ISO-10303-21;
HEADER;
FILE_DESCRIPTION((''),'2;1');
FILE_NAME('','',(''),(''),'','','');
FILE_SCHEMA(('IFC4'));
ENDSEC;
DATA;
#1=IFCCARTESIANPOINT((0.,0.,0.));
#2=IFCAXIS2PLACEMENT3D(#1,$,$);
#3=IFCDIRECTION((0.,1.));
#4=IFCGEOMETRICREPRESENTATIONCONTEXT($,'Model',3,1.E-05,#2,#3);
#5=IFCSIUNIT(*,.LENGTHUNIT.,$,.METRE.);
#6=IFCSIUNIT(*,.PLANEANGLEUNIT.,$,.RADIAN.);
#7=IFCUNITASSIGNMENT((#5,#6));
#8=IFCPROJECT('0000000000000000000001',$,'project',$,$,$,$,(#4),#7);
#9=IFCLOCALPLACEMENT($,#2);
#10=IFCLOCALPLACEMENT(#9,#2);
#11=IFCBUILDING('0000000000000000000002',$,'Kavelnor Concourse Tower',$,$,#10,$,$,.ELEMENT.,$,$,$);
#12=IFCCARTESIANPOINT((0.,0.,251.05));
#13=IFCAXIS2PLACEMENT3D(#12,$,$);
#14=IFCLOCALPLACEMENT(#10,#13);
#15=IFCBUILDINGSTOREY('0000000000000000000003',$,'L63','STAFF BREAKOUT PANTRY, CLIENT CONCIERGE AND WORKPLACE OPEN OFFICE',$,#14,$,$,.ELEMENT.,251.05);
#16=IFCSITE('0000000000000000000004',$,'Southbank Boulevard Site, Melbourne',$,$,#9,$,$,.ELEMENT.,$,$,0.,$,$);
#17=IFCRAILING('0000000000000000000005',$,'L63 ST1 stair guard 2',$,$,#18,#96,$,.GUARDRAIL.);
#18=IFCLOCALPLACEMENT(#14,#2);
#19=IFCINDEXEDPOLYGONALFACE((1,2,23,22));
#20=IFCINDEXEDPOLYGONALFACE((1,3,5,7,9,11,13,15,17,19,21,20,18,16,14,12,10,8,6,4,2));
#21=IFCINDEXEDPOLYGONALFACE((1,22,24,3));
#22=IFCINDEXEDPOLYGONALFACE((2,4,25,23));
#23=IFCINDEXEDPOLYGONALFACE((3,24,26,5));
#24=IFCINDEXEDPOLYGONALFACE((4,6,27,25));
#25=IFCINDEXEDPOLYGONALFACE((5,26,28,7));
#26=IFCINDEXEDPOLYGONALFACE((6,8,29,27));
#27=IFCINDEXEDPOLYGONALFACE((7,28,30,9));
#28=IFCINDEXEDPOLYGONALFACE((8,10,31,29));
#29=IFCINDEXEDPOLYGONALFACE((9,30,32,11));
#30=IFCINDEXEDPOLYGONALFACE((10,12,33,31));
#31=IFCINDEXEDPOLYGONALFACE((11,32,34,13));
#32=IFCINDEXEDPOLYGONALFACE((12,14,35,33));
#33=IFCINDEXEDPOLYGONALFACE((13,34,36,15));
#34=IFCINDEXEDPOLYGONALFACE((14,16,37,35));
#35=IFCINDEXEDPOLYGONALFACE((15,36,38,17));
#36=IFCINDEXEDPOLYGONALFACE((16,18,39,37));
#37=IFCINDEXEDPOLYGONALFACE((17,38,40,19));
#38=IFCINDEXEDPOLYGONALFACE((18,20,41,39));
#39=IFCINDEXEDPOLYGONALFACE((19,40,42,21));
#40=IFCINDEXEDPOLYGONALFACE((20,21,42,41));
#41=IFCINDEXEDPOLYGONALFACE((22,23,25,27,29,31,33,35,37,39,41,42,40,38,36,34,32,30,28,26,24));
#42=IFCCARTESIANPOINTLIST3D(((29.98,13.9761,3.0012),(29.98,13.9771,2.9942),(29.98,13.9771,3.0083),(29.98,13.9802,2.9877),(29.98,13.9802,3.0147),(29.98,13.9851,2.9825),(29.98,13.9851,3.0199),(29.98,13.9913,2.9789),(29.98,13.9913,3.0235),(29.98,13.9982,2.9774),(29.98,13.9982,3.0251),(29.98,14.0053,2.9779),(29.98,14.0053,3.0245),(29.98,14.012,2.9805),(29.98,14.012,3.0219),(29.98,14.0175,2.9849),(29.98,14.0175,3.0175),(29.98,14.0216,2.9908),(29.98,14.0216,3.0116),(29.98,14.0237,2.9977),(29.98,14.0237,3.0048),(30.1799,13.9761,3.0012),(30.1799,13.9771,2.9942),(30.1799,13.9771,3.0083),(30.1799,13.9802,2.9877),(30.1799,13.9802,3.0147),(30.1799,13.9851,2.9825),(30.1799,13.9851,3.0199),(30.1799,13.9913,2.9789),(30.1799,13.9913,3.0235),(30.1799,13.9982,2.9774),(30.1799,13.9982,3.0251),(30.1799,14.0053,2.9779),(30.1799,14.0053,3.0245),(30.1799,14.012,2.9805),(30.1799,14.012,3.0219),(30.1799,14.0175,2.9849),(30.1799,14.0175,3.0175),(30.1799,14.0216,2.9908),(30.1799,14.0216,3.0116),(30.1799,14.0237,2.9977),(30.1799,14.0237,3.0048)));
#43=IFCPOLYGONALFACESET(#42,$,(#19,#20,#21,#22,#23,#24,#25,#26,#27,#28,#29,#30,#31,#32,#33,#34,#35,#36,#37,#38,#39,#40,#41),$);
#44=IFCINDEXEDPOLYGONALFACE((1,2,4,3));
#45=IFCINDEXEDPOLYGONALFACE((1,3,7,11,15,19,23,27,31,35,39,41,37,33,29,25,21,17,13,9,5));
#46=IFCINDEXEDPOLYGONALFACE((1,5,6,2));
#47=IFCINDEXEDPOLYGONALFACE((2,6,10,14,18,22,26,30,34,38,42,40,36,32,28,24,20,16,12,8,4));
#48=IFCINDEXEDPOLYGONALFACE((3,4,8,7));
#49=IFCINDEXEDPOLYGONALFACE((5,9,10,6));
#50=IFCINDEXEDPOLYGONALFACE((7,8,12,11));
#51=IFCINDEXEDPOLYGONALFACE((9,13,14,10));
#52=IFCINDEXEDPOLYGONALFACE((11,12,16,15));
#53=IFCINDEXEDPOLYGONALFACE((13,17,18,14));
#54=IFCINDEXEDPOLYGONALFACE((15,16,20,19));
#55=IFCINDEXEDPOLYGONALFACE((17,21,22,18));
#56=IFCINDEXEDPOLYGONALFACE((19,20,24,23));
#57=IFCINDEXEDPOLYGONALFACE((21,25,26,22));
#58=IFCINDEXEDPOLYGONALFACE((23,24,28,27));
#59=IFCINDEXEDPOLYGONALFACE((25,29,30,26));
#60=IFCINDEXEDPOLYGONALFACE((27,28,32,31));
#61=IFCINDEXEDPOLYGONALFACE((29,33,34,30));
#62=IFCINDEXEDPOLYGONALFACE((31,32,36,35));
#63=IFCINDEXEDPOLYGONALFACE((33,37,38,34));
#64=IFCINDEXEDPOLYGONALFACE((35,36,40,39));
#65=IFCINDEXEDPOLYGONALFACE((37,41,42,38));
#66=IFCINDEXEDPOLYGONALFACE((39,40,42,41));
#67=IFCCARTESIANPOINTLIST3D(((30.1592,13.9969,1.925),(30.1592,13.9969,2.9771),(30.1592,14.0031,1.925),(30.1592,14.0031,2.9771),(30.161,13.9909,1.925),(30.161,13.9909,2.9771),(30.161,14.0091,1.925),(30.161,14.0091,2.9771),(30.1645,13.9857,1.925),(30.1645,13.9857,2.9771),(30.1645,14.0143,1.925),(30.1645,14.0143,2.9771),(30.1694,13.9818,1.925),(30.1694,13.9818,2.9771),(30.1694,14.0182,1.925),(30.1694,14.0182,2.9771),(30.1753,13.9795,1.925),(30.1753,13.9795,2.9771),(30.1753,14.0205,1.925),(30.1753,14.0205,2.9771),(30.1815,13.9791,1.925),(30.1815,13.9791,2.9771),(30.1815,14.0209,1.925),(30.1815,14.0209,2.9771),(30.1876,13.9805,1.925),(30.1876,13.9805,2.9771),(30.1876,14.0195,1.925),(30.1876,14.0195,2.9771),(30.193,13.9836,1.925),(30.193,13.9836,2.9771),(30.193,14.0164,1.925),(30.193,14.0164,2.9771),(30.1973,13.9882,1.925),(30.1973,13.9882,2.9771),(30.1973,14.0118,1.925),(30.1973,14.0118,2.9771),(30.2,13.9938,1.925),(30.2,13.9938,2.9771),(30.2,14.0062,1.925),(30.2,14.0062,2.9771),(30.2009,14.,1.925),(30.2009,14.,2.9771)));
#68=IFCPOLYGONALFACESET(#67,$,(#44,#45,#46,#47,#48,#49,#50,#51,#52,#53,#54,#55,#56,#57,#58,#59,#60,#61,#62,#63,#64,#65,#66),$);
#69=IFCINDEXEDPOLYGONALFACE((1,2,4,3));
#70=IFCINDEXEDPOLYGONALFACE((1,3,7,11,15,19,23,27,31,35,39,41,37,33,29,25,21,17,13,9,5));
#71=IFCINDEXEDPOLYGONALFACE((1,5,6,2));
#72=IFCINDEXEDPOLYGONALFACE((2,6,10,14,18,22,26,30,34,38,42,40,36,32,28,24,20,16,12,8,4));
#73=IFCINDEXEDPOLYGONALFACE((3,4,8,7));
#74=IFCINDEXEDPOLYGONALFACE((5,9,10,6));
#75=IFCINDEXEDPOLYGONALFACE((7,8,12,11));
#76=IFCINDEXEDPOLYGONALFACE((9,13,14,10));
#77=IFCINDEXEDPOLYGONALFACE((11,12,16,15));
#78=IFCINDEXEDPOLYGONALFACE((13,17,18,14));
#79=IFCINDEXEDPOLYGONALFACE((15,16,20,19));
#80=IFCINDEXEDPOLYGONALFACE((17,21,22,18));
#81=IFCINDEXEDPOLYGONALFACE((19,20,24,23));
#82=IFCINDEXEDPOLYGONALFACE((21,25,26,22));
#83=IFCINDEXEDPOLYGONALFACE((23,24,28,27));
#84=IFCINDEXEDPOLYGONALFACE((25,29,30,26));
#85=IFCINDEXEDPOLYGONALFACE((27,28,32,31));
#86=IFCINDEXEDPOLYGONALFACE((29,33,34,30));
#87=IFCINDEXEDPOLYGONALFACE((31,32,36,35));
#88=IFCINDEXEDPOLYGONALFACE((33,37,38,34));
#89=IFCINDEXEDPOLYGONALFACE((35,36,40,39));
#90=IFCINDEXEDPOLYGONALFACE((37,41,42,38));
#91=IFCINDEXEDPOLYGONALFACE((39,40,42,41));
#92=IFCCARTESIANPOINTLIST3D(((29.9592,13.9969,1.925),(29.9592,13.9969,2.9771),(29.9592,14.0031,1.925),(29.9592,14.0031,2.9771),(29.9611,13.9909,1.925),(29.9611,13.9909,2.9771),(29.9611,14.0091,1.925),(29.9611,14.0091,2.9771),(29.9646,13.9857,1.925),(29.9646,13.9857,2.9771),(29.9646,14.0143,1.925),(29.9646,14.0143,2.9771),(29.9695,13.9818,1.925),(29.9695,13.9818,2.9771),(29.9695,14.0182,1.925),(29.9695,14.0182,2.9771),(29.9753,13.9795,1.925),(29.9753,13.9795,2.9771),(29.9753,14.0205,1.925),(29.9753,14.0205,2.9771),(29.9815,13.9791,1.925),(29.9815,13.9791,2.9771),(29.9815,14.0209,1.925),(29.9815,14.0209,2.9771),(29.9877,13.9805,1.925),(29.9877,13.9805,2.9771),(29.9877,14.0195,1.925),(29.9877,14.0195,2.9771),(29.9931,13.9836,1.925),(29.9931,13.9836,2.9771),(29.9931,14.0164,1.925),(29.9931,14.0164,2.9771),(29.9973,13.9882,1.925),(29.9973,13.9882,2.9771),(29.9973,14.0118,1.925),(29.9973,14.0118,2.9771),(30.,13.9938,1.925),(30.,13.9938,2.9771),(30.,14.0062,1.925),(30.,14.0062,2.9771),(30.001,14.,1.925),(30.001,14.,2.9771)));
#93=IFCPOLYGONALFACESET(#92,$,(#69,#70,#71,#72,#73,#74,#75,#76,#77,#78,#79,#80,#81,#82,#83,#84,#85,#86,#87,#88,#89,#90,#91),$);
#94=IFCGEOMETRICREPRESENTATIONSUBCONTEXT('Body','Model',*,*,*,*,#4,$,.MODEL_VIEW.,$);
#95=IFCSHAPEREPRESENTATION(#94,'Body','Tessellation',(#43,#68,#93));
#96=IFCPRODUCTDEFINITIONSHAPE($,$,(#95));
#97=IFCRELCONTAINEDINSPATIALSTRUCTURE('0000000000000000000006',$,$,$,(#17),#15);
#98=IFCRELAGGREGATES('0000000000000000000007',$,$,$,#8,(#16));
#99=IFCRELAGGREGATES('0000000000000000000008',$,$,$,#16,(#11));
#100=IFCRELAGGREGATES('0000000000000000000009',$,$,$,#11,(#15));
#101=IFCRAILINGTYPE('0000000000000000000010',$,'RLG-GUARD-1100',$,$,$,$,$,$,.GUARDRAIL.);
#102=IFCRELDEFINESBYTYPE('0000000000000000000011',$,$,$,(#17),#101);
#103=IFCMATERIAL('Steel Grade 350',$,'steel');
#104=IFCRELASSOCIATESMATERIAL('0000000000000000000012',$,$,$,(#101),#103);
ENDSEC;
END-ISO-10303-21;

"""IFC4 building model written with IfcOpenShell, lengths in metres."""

from ifc_helpers import new_model, si_unit, direction, frame, origin, origin_2d, place, context, subcontext, project, spatial, circle, extrude, material, type_object, element, save


model = new_model("IFC4")

# Units and contexts
model_context = context("Model", 3, precision=1e-05, world=origin(), true_north=direction((0.0, 1.0)))
body_context = subcontext(model_context, "Body", "Model", "MODEL_VIEW")
ifc_project = project(units=[si_unit("LENGTHUNIT", "METRE"), si_unit("PLANEANGLEUNIT", "RADIAN")], contexts=[model_context])

# Site, building, storey
site_placement = place(None, origin())
site = spatial("IfcSite", under=ifc_project, at=site_placement, Name="Southbank Boulevard Site, Melbourne", CompositionType="ELEMENT", RefElevation=0.0)
building_placement = place(site_placement, origin())
building = spatial("IfcBuilding", under=site, at=building_placement, Name="Kavelnor Concourse Tower", CompositionType="ELEMENT")
storey_placement = place(building_placement, frame((0.0, 0.0, 251.05)))
storey = spatial("IfcBuildingStorey", under=building, at=storey_placement, Name="L63", Description="STAFF BREAKOUT PANTRY, CLIENT CONCIERGE AND WORKPLACE OPEN OFFICE", CompositionType="ELEMENT", Elevation=251.05)

# Shared definitions
ifc_material_1 = material(Name="Steel Grade 350", Category="steel")

# Railing
railing_type_1 = type_object("IfcRailingType", Name="RLG-GUARD-1100", PredefinedType="GUARDRAIL", material=ifc_material_1)
railing_1_placement = place(storey_placement, frame((30.1799, 14.0, 1.925)))
element("IfcRailing", 1, at=railing_1_placement, inside=storey, type_object=railing_type_1, Name="L63 ST1 stair guard 2", PredefinedType="GUARDRAIL", context=body_context, shape_type="SweptSolid", body=[
    extrude(circle(Radius=0.0239, at=origin_2d()), frame((0.0, 0.0, 1.0762), z_axis=(-1.0, 0.0, 0.0), x_axis=(0.0, -1.0, 0.0)), (0.0, 0.0, 1.0), 0.2),
    extrude(circle(Radius=0.021, at=origin_2d()), origin(), (0.0, 0.0, 1.0), 1.052),
    extrude(circle(Radius=0.021, at=origin_2d()), frame((-0.2, 0.0, 0.0)), (0.0, 0.0, 1.0), 1.052),
])

save(model, "model.ifc")
